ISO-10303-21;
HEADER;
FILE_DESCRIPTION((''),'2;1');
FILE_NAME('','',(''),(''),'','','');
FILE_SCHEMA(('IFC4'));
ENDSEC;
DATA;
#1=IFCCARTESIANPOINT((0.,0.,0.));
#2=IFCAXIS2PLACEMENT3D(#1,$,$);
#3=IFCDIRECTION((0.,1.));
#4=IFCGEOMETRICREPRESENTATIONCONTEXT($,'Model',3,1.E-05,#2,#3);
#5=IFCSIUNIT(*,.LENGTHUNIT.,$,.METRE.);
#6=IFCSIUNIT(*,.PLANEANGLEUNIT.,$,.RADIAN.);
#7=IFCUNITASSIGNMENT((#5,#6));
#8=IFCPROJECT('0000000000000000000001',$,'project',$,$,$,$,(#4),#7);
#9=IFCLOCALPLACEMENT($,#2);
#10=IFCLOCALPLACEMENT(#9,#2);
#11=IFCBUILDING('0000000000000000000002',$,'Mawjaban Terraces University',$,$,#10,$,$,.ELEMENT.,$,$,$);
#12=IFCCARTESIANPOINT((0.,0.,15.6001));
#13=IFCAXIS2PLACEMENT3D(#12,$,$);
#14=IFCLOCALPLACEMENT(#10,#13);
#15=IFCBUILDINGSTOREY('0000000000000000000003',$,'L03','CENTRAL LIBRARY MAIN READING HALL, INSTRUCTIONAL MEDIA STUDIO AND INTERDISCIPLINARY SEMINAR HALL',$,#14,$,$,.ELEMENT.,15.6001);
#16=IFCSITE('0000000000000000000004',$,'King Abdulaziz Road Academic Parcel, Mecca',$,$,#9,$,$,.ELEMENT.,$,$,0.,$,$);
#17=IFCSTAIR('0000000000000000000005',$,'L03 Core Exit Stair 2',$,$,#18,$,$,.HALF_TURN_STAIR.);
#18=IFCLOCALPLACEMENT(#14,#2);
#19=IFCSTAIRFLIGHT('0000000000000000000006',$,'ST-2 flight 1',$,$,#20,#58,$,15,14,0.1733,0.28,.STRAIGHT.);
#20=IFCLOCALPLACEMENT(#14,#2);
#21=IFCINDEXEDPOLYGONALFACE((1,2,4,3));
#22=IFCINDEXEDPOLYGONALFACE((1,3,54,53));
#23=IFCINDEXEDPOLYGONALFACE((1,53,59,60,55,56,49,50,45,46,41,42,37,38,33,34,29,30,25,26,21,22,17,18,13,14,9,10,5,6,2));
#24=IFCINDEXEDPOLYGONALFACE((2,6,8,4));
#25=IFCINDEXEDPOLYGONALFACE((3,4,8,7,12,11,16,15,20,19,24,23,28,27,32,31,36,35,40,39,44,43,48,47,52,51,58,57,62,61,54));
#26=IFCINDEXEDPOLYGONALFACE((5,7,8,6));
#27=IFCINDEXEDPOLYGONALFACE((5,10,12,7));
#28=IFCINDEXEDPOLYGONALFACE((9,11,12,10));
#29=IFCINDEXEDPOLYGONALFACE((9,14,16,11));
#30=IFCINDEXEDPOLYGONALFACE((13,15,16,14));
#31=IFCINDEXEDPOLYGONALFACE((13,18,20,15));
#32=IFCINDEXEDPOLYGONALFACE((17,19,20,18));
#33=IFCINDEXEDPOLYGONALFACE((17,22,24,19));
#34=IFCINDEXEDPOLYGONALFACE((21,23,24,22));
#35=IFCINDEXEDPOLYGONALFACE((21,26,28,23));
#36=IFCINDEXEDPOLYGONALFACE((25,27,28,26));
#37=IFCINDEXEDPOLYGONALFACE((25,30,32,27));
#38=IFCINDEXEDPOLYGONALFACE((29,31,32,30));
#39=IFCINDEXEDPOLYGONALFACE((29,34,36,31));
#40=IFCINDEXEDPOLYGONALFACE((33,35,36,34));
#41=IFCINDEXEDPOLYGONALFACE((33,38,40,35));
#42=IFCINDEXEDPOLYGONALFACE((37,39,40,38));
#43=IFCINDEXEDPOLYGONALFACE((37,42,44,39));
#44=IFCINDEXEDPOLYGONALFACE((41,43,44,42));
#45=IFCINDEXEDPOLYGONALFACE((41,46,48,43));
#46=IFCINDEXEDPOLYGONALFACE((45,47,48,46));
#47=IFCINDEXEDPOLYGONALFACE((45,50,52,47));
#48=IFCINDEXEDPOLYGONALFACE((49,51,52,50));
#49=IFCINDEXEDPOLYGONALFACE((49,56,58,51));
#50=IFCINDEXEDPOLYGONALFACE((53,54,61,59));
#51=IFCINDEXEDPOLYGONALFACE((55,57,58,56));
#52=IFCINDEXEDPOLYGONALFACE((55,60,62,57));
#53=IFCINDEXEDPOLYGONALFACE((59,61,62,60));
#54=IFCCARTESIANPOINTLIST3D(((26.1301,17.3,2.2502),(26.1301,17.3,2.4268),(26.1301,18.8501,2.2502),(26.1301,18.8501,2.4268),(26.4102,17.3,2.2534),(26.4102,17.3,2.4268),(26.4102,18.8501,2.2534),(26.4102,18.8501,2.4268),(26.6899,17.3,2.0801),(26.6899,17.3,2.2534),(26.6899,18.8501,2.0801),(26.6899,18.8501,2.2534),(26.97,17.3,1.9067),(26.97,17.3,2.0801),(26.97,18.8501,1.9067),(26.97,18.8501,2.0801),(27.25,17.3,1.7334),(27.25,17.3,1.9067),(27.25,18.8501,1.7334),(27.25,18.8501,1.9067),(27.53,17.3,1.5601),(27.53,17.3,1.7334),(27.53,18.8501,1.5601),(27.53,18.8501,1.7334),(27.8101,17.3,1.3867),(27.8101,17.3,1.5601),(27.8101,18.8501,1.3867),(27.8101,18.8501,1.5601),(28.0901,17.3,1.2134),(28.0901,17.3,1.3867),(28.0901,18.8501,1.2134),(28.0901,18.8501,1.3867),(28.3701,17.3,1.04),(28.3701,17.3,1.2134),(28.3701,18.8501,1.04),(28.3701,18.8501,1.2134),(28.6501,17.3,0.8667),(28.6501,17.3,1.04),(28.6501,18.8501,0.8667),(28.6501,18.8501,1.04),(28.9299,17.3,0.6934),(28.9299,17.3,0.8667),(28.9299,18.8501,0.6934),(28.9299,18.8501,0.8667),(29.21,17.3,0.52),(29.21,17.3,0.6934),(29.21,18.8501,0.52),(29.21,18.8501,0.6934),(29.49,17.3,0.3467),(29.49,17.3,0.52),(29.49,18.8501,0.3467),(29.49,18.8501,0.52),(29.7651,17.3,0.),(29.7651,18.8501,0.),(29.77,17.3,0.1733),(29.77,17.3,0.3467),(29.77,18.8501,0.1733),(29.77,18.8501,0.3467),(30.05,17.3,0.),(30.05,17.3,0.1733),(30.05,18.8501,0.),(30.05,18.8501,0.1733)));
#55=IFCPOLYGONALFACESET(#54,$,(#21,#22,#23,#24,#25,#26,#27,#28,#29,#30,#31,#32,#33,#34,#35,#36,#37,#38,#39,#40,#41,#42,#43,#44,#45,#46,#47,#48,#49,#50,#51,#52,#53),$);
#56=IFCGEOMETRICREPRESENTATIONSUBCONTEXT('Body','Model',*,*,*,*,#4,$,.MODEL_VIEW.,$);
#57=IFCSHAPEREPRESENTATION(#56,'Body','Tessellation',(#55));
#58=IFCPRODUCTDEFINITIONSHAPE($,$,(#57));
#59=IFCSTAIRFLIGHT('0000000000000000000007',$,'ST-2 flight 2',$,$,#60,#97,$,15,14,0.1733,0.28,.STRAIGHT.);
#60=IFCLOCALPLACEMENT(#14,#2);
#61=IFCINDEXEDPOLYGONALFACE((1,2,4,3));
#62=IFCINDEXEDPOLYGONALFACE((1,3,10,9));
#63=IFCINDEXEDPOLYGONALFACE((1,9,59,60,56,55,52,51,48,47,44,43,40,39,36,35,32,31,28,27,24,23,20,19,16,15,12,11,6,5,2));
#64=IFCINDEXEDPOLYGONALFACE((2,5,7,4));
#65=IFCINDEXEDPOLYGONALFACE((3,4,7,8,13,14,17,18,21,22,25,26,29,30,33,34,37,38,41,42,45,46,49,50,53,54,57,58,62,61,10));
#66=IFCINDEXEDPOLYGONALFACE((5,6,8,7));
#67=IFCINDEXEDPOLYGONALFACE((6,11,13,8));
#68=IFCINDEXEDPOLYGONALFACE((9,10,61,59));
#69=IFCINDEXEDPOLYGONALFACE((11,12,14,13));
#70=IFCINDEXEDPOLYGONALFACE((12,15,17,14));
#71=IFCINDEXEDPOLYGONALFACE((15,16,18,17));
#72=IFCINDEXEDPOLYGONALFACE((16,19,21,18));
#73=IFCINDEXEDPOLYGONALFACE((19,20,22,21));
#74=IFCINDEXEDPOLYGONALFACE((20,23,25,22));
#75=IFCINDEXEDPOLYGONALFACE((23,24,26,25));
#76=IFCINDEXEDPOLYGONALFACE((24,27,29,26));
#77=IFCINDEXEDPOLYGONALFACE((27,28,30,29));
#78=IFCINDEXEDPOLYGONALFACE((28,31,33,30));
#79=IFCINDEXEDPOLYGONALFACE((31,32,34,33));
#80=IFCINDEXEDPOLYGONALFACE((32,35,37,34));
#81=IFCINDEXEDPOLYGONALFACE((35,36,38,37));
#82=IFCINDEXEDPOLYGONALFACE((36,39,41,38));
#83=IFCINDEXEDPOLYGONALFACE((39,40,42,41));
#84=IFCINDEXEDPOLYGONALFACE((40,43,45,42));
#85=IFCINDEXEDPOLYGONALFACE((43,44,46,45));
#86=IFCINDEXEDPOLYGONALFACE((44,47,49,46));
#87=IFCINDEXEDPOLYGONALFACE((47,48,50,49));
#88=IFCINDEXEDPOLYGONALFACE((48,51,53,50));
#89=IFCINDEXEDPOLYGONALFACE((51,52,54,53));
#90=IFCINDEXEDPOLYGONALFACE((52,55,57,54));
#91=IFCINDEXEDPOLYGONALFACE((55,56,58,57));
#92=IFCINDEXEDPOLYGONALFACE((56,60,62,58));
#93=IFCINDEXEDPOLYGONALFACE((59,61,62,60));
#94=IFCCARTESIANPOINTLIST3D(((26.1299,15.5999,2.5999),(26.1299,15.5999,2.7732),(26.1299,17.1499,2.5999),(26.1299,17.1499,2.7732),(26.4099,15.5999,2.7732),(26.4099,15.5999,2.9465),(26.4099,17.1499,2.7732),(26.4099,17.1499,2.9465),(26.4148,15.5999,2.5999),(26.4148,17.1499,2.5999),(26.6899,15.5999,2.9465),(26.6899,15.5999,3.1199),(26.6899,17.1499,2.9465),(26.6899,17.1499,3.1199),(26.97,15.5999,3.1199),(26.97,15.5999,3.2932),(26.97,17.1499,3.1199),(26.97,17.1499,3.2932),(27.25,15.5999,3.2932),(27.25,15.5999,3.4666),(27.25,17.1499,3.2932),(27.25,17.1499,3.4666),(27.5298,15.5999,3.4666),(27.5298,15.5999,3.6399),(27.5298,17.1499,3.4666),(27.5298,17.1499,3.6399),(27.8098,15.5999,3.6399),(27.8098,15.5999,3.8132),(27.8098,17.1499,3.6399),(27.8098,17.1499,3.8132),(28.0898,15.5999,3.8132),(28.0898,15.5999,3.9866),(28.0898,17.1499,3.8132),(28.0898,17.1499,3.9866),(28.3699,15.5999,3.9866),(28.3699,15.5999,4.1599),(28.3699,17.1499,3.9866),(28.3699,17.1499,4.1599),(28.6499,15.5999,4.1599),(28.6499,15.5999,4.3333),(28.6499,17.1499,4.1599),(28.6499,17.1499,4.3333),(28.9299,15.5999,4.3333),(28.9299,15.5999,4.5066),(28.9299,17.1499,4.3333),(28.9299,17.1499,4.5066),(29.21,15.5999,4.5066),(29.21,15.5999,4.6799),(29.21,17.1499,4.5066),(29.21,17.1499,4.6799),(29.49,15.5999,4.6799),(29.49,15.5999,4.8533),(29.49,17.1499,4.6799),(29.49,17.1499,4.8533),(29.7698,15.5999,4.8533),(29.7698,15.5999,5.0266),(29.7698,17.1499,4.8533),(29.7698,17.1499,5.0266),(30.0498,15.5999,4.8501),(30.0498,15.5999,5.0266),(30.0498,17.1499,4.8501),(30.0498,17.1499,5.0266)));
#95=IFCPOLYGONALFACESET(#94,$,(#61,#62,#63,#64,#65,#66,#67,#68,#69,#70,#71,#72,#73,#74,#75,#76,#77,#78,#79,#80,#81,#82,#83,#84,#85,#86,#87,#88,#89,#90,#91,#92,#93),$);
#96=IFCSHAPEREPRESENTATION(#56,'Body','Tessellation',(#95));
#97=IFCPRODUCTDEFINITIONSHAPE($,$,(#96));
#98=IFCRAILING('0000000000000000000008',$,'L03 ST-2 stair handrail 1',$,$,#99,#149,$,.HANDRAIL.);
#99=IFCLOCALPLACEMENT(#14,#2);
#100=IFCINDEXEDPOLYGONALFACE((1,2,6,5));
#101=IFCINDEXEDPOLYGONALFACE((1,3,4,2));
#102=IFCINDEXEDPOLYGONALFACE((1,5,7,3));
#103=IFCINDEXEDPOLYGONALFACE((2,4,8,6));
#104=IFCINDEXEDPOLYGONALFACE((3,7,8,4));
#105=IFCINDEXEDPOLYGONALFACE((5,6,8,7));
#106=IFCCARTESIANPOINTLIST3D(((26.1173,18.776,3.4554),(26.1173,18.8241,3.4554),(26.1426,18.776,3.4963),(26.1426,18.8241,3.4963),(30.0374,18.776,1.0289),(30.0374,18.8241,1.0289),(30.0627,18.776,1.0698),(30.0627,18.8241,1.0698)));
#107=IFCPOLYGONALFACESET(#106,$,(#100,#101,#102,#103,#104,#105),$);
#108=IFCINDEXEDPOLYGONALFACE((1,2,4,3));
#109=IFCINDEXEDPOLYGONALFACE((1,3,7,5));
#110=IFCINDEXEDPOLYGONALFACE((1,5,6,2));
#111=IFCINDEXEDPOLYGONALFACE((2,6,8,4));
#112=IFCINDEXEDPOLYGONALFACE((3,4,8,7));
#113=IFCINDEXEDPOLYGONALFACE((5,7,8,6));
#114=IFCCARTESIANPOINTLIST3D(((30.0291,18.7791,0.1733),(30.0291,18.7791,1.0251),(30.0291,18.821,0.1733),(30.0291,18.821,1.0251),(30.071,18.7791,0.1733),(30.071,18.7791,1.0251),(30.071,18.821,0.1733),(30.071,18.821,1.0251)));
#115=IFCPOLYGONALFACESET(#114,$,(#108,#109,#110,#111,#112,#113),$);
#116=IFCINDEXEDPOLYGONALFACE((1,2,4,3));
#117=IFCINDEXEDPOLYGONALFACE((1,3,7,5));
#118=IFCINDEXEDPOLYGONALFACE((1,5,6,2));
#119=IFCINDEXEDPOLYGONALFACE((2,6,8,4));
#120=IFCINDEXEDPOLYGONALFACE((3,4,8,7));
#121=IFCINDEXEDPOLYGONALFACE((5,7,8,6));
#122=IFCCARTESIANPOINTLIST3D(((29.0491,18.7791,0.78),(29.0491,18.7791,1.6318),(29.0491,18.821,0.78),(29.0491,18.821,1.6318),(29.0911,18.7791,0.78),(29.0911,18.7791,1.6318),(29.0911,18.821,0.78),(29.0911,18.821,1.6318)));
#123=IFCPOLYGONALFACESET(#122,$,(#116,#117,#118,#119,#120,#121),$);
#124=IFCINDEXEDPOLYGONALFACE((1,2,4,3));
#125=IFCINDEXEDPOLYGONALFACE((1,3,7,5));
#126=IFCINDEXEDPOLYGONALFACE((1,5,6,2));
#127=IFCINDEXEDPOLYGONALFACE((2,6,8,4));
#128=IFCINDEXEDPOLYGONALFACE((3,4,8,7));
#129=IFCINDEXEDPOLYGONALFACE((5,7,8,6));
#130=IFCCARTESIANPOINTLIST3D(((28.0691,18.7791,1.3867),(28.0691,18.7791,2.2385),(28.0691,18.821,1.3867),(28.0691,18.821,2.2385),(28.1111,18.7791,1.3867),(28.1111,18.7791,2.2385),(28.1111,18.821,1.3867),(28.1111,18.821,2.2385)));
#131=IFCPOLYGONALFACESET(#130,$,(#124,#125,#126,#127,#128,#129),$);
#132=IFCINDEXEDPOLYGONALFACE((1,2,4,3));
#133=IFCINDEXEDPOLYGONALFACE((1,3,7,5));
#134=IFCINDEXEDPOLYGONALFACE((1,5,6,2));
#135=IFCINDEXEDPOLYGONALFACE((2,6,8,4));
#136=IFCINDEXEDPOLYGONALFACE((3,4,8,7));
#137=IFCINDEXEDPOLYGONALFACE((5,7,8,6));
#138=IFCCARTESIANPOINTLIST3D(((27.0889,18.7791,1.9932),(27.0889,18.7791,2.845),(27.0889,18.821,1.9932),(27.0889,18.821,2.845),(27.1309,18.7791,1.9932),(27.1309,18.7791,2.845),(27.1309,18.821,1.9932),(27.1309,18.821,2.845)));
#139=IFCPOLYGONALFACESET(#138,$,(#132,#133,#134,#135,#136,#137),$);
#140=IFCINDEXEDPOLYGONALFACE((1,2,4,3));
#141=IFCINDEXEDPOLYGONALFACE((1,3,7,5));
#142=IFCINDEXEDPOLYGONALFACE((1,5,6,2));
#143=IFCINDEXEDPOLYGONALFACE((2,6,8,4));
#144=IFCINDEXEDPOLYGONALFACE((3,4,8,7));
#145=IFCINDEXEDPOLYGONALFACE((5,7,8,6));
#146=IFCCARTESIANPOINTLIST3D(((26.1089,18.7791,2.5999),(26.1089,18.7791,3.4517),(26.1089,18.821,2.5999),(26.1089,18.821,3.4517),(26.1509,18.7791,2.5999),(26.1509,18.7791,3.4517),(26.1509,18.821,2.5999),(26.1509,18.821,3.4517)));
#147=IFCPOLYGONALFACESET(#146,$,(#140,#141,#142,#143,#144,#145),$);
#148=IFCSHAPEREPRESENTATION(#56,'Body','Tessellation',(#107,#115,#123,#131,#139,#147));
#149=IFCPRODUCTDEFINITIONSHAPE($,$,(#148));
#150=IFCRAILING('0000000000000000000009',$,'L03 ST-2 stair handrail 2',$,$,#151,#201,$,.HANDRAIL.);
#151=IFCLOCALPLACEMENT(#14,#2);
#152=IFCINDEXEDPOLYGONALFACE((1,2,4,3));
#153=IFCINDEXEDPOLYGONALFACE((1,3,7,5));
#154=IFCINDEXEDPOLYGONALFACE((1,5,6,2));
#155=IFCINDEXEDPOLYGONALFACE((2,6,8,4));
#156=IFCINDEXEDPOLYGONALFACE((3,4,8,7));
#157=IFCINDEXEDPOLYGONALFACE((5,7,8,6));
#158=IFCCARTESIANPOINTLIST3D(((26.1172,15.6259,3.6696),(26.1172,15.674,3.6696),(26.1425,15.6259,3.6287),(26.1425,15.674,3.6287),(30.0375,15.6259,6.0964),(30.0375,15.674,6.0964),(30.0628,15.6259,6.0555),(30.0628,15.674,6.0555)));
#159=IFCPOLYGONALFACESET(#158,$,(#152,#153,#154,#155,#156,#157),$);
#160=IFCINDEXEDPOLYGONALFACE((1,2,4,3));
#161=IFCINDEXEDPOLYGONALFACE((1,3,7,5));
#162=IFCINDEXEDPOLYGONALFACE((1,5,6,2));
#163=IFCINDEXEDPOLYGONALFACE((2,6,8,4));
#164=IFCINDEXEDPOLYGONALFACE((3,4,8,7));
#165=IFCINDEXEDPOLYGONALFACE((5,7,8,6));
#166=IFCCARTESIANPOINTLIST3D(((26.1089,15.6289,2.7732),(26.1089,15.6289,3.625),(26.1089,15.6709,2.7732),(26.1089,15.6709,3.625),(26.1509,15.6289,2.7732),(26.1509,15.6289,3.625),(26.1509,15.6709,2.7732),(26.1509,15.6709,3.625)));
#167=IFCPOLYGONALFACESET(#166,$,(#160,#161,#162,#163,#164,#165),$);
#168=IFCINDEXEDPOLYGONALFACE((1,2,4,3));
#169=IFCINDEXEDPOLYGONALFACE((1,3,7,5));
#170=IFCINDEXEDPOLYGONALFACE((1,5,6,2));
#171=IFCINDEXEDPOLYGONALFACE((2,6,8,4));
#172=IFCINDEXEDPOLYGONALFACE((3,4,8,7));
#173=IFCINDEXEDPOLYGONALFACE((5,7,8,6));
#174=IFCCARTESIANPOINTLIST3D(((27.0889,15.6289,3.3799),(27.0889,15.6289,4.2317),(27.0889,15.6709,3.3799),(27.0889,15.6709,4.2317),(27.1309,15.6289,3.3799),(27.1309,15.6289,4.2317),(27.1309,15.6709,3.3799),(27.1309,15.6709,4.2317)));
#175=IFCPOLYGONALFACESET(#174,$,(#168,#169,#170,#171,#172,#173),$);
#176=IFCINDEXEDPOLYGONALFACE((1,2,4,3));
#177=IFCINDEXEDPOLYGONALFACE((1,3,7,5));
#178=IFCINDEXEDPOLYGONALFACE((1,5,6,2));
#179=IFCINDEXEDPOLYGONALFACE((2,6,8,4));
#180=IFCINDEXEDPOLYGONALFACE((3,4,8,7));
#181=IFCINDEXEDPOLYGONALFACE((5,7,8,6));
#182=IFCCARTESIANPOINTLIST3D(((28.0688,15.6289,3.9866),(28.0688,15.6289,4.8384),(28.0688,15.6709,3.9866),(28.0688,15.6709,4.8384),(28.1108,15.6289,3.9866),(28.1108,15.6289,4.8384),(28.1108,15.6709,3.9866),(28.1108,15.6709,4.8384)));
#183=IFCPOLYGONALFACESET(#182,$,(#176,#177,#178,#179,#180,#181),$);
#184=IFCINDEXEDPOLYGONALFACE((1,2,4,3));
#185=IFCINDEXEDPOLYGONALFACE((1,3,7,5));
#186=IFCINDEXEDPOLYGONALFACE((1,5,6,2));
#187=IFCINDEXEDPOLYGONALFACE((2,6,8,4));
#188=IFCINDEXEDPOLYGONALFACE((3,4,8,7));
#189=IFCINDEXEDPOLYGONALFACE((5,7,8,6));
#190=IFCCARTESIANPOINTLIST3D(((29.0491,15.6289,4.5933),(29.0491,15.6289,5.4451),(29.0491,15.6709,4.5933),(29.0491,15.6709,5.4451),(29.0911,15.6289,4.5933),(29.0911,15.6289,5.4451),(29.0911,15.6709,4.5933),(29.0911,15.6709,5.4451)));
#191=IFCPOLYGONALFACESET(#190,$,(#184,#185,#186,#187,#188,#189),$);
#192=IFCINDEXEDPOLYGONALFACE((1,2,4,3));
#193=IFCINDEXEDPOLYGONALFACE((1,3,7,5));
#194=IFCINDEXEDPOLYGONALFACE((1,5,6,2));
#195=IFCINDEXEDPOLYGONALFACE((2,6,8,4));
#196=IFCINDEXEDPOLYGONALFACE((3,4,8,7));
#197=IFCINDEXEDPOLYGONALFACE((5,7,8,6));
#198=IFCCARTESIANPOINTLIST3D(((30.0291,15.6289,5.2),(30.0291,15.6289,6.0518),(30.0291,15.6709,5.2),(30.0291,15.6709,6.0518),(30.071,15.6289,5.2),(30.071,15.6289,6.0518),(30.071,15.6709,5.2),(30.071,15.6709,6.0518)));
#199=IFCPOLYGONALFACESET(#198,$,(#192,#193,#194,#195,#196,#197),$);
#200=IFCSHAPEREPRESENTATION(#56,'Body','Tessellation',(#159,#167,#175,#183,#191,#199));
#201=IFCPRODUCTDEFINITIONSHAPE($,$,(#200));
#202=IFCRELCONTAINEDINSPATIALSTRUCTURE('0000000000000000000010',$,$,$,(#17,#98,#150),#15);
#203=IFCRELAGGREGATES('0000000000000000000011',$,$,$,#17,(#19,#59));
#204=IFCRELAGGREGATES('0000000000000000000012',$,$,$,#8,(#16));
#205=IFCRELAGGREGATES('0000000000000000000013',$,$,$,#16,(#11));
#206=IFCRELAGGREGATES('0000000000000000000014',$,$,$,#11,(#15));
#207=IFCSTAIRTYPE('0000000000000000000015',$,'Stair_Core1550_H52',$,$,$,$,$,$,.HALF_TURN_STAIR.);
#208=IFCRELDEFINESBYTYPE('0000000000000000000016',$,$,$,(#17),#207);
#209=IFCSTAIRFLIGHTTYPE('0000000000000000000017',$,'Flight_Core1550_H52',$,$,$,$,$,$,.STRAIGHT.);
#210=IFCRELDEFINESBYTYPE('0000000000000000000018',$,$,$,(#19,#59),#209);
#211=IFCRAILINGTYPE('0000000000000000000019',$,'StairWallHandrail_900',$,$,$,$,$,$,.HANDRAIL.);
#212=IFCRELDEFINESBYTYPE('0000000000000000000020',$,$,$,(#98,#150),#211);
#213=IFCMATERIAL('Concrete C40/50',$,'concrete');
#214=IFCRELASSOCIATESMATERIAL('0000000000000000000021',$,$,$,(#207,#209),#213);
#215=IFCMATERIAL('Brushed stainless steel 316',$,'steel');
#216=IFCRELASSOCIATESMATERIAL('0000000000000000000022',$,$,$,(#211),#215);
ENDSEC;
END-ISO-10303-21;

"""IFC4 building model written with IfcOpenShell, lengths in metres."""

from ifc_helpers import new_model, si_unit, direction, frame, origin, origin_2d, place, context, subcontext, project, spatial, polyline, rectangle, outline, extrude, material, type_object, element, aggregate, save


model = new_model("IFC4")

# Units and contexts
model_context = context("Model", 3, precision=1e-05, world=origin(), true_north=direction((0.0, 1.0)))
body_context = subcontext(model_context, "Body", "Model", "MODEL_VIEW")
ifc_project = project(units=[si_unit("LENGTHUNIT", "METRE"), si_unit("PLANEANGLEUNIT", "RADIAN")], contexts=[model_context])

# Site, building, storey
site_placement = place(None, origin())
site = spatial("IfcSite", under=ifc_project, at=site_placement, Name="King Abdulaziz Road Academic Parcel, Mecca", CompositionType="ELEMENT", RefElevation=0.0)
building_placement = place(site_placement, origin())
building = spatial("IfcBuilding", under=site, at=building_placement, Name="Mawjaban Terraces University", CompositionType="ELEMENT")
storey_placement = place(building_placement, frame((0.0, 0.0, 15.6001)))
storey = spatial("IfcBuildingStorey", under=building, at=storey_placement, Name="L03", Description="CENTRAL LIBRARY MAIN READING HALL, INSTRUCTIONAL MEDIA STUDIO AND INTERDISCIPLINARY SEMINAR HALL", CompositionType="ELEMENT", Elevation=15.6001)

# Shared definitions
ifc_material_1 = material(Name="Concrete C40/50", Category="concrete")

# Stair, stair flights
stair_type = type_object("IfcStairType", Name="Stair_Core1550_H52", PredefinedType="HALF_TURN_STAIR", material=ifc_material_1)
stair_placement = place(storey_placement, origin())
stair = element("IfcStair", 1, at=stair_placement, inside=storey, type_object=stair_type, Name="L03 Core Exit Stair 2", PredefinedType="HALF_TURN_STAIR")
stair_flight_type = type_object("IfcStairFlightType", Name="Flight_Core1550_H52", PredefinedType="STRAIGHT", material=ifc_material_1)
stair_flight_1_placement = place(storey_placement, frame((30.05, 18.075, 0.0), z_axis=(0.0, 0.0, 1.0), x_axis=(-1.0, 0.0, 0.0)))
stair_flight_1 = element("IfcStairFlight", 2, at=stair_flight_1_placement, type_object=stair_flight_type, Name="ST-2 flight 1", NumberOfRisers=15, NumberOfTreads=14, PredefinedType="STRAIGHT", RiserHeight=0.1733, TreadLength=0.28, context=body_context, shape_type="SweptSolid", body=[
    extrude(outline(polyline([(0.0, 0.0), (0.0, 0.1733), (0.28, 0.1733), (0.28, 0.3467), (0.5601, 0.3467), (0.5601, 0.52), (0.8401, 0.52), (0.8401, 0.6934), (1.1201, 0.6934), (1.1201, 0.8667), (1.3999, 0.8667), (1.3999, 1.04), (1.6799, 1.04), (1.6799, 1.2134), (1.96, 1.2134), (1.96, 1.3867), (2.24, 1.3867), (2.24, 1.5601), (2.52, 1.5601), (2.52, 1.7334), (2.8, 1.7334), (2.8, 1.9067), (3.0801, 1.9067), (3.0801, 2.0801), (3.3601, 2.0801), (3.3601, 2.2534), (3.6399, 2.2534), (3.6399, 2.4268), (3.9199, 2.4268), (3.9199, 2.6001), (3.9199, 2.2502), (0.2849, 0.0), (0.0, 0.0)])), frame((0.0, 0.7749, 0.0), z_axis=(0.0, -1.0, 0.0), x_axis=(1.0, 0.0, 0.0)), (0.0, 0.0, 1.0), 1.55),
])
stair_flight_2_placement = place(storey_placement, frame((26.1299, 16.375, 2.5999), z_axis=(0.0, 0.0, 1.0), x_axis=(1.0, 0.0, 0.0)))
stair_flight_2 = element("IfcStairFlight", 3, at=stair_flight_2_placement, type_object=stair_flight_type, Name="ST-2 flight 2", NumberOfRisers=15, NumberOfTreads=14, PredefinedType="STRAIGHT", RiserHeight=0.1733, TreadLength=0.28, context=body_context, shape_type="SweptSolid", body=[
    extrude(outline(polyline([(0.0, 0.0), (0.0, 0.1733), (0.28, 0.1733), (0.28, 0.3467), (0.5601, 0.3467), (0.5601, 0.52), (0.8401, 0.52), (0.8401, 0.6934), (1.1201, 0.6934), (1.1201, 0.8667), (1.3999, 0.8667), (1.3999, 1.04), (1.6799, 1.04), (1.6799, 1.2134), (1.96, 1.2134), (1.96, 1.3867), (2.24, 1.3867), (2.24, 1.5601), (2.52, 1.5601), (2.52, 1.7334), (2.8, 1.7334), (2.8, 1.9067), (3.0801, 1.9067), (3.0801, 2.0801), (3.3601, 2.0801), (3.3601, 2.2534), (3.6399, 2.2534), (3.6399, 2.4268), (3.9199, 2.4268), (3.9199, 2.6001), (3.9199, 2.2502), (0.2849, 0.0), (0.0, 0.0)])), frame((0.0, 0.7749, 0.0), z_axis=(0.0, -1.0, 0.0), x_axis=(1.0, 0.0, 0.0)), (0.0, 0.0, 1.0), 1.55),
])
aggregate(stair, [stair_flight_1, stair_flight_2])

# Railings
ifc_material_2 = material(Name="Brushed stainless steel 316", Category="steel")
railing_type_1 = type_object("IfcRailingType", Name="StairWallHandrail_900", PredefinedType="HANDRAIL", material=ifc_material_2)
railing_1_placement = place(storey_placement, frame((30.05, 18.8, 0.1733)))
element("IfcRailing", 4, at=railing_1_placement, inside=storey, type_object=railing_type_1, Name="L03 ST-2 stair handrail 1", PredefinedType="HANDRAIL", context=body_context, shape_type="SweptSolid", body=[
    extrude(rectangle(XDim=0.0481, YDim=0.0481, at=origin_2d()), frame((0.0, 0.0, 0.876), z_axis=(-0.85029, 0.0, 0.526315), x_axis=(0.0, -1.0, 0.0)), (0.0, 0.0, 1.0), 4.6104),
    extrude(rectangle(XDim=0.042, YDim=0.042, at=origin_2d()), origin(), (0.0, 0.0, 1.0), 0.8518),
    extrude(rectangle(XDim=0.042, YDim=0.042, at=origin_2d()), frame((-0.98, 0.0, 0.6067)), (0.0, 0.0, 1.0), 0.8518),
    extrude(rectangle(XDim=0.042, YDim=0.042, at=origin_2d()), frame((-1.96, 0.0, 1.2134)), (0.0, 0.0, 1.0), 0.8518),
    extrude(rectangle(XDim=0.042, YDim=0.042, at=origin_2d()), frame((-2.9402, 0.0, 1.8198)), (0.0, 0.0, 1.0), 0.8518),
    extrude(rectangle(XDim=0.042, YDim=0.042, at=origin_2d()), frame((-3.9202, 0.0, 2.4265)), (0.0, 0.0, 1.0), 0.8518),
])
railing_2_placement = place(storey_placement, frame((26.1299, 15.6499, 2.7732)))
element("IfcRailing", 5, at=railing_2_placement, inside=storey, type_object=railing_type_1, Name="L03 ST-2 stair handrail 2", PredefinedType="HANDRAIL", context=body_context, shape_type="SweptSolid", body=[
    extrude(rectangle(XDim=0.0481, YDim=0.0481, at=origin_2d()), frame((0.0, 0.0, 0.876), z_axis=(0.850266, 0.0, 0.526353), x_axis=(0.0, 1.0, 0.0)), (0.0, 0.0, 1.0), 4.6106),
    extrude(rectangle(XDim=0.042, YDim=0.042, at=origin_2d()), origin(), (0.0, 0.0, 1.0), 0.8518),
    extrude(rectangle(XDim=0.042, YDim=0.042, at=origin_2d()), frame((0.98, 0.0, 0.6067)), (0.0, 0.0, 1.0), 0.8518),
    extrude(rectangle(XDim=0.042, YDim=0.042, at=origin_2d()), frame((1.96, 0.0, 1.2134)), (0.0, 0.0, 1.0), 0.8518),
    extrude(rectangle(XDim=0.042, YDim=0.042, at=origin_2d()), frame((2.9402, 0.0, 1.8201)), (0.0, 0.0, 1.0), 0.8518),
    extrude(rectangle(XDim=0.042, YDim=0.042, at=origin_2d()), frame((3.9202, 0.0, 2.4268)), (0.0, 0.0, 1.0), 0.8518),
])

save(model, "model.ifc")
